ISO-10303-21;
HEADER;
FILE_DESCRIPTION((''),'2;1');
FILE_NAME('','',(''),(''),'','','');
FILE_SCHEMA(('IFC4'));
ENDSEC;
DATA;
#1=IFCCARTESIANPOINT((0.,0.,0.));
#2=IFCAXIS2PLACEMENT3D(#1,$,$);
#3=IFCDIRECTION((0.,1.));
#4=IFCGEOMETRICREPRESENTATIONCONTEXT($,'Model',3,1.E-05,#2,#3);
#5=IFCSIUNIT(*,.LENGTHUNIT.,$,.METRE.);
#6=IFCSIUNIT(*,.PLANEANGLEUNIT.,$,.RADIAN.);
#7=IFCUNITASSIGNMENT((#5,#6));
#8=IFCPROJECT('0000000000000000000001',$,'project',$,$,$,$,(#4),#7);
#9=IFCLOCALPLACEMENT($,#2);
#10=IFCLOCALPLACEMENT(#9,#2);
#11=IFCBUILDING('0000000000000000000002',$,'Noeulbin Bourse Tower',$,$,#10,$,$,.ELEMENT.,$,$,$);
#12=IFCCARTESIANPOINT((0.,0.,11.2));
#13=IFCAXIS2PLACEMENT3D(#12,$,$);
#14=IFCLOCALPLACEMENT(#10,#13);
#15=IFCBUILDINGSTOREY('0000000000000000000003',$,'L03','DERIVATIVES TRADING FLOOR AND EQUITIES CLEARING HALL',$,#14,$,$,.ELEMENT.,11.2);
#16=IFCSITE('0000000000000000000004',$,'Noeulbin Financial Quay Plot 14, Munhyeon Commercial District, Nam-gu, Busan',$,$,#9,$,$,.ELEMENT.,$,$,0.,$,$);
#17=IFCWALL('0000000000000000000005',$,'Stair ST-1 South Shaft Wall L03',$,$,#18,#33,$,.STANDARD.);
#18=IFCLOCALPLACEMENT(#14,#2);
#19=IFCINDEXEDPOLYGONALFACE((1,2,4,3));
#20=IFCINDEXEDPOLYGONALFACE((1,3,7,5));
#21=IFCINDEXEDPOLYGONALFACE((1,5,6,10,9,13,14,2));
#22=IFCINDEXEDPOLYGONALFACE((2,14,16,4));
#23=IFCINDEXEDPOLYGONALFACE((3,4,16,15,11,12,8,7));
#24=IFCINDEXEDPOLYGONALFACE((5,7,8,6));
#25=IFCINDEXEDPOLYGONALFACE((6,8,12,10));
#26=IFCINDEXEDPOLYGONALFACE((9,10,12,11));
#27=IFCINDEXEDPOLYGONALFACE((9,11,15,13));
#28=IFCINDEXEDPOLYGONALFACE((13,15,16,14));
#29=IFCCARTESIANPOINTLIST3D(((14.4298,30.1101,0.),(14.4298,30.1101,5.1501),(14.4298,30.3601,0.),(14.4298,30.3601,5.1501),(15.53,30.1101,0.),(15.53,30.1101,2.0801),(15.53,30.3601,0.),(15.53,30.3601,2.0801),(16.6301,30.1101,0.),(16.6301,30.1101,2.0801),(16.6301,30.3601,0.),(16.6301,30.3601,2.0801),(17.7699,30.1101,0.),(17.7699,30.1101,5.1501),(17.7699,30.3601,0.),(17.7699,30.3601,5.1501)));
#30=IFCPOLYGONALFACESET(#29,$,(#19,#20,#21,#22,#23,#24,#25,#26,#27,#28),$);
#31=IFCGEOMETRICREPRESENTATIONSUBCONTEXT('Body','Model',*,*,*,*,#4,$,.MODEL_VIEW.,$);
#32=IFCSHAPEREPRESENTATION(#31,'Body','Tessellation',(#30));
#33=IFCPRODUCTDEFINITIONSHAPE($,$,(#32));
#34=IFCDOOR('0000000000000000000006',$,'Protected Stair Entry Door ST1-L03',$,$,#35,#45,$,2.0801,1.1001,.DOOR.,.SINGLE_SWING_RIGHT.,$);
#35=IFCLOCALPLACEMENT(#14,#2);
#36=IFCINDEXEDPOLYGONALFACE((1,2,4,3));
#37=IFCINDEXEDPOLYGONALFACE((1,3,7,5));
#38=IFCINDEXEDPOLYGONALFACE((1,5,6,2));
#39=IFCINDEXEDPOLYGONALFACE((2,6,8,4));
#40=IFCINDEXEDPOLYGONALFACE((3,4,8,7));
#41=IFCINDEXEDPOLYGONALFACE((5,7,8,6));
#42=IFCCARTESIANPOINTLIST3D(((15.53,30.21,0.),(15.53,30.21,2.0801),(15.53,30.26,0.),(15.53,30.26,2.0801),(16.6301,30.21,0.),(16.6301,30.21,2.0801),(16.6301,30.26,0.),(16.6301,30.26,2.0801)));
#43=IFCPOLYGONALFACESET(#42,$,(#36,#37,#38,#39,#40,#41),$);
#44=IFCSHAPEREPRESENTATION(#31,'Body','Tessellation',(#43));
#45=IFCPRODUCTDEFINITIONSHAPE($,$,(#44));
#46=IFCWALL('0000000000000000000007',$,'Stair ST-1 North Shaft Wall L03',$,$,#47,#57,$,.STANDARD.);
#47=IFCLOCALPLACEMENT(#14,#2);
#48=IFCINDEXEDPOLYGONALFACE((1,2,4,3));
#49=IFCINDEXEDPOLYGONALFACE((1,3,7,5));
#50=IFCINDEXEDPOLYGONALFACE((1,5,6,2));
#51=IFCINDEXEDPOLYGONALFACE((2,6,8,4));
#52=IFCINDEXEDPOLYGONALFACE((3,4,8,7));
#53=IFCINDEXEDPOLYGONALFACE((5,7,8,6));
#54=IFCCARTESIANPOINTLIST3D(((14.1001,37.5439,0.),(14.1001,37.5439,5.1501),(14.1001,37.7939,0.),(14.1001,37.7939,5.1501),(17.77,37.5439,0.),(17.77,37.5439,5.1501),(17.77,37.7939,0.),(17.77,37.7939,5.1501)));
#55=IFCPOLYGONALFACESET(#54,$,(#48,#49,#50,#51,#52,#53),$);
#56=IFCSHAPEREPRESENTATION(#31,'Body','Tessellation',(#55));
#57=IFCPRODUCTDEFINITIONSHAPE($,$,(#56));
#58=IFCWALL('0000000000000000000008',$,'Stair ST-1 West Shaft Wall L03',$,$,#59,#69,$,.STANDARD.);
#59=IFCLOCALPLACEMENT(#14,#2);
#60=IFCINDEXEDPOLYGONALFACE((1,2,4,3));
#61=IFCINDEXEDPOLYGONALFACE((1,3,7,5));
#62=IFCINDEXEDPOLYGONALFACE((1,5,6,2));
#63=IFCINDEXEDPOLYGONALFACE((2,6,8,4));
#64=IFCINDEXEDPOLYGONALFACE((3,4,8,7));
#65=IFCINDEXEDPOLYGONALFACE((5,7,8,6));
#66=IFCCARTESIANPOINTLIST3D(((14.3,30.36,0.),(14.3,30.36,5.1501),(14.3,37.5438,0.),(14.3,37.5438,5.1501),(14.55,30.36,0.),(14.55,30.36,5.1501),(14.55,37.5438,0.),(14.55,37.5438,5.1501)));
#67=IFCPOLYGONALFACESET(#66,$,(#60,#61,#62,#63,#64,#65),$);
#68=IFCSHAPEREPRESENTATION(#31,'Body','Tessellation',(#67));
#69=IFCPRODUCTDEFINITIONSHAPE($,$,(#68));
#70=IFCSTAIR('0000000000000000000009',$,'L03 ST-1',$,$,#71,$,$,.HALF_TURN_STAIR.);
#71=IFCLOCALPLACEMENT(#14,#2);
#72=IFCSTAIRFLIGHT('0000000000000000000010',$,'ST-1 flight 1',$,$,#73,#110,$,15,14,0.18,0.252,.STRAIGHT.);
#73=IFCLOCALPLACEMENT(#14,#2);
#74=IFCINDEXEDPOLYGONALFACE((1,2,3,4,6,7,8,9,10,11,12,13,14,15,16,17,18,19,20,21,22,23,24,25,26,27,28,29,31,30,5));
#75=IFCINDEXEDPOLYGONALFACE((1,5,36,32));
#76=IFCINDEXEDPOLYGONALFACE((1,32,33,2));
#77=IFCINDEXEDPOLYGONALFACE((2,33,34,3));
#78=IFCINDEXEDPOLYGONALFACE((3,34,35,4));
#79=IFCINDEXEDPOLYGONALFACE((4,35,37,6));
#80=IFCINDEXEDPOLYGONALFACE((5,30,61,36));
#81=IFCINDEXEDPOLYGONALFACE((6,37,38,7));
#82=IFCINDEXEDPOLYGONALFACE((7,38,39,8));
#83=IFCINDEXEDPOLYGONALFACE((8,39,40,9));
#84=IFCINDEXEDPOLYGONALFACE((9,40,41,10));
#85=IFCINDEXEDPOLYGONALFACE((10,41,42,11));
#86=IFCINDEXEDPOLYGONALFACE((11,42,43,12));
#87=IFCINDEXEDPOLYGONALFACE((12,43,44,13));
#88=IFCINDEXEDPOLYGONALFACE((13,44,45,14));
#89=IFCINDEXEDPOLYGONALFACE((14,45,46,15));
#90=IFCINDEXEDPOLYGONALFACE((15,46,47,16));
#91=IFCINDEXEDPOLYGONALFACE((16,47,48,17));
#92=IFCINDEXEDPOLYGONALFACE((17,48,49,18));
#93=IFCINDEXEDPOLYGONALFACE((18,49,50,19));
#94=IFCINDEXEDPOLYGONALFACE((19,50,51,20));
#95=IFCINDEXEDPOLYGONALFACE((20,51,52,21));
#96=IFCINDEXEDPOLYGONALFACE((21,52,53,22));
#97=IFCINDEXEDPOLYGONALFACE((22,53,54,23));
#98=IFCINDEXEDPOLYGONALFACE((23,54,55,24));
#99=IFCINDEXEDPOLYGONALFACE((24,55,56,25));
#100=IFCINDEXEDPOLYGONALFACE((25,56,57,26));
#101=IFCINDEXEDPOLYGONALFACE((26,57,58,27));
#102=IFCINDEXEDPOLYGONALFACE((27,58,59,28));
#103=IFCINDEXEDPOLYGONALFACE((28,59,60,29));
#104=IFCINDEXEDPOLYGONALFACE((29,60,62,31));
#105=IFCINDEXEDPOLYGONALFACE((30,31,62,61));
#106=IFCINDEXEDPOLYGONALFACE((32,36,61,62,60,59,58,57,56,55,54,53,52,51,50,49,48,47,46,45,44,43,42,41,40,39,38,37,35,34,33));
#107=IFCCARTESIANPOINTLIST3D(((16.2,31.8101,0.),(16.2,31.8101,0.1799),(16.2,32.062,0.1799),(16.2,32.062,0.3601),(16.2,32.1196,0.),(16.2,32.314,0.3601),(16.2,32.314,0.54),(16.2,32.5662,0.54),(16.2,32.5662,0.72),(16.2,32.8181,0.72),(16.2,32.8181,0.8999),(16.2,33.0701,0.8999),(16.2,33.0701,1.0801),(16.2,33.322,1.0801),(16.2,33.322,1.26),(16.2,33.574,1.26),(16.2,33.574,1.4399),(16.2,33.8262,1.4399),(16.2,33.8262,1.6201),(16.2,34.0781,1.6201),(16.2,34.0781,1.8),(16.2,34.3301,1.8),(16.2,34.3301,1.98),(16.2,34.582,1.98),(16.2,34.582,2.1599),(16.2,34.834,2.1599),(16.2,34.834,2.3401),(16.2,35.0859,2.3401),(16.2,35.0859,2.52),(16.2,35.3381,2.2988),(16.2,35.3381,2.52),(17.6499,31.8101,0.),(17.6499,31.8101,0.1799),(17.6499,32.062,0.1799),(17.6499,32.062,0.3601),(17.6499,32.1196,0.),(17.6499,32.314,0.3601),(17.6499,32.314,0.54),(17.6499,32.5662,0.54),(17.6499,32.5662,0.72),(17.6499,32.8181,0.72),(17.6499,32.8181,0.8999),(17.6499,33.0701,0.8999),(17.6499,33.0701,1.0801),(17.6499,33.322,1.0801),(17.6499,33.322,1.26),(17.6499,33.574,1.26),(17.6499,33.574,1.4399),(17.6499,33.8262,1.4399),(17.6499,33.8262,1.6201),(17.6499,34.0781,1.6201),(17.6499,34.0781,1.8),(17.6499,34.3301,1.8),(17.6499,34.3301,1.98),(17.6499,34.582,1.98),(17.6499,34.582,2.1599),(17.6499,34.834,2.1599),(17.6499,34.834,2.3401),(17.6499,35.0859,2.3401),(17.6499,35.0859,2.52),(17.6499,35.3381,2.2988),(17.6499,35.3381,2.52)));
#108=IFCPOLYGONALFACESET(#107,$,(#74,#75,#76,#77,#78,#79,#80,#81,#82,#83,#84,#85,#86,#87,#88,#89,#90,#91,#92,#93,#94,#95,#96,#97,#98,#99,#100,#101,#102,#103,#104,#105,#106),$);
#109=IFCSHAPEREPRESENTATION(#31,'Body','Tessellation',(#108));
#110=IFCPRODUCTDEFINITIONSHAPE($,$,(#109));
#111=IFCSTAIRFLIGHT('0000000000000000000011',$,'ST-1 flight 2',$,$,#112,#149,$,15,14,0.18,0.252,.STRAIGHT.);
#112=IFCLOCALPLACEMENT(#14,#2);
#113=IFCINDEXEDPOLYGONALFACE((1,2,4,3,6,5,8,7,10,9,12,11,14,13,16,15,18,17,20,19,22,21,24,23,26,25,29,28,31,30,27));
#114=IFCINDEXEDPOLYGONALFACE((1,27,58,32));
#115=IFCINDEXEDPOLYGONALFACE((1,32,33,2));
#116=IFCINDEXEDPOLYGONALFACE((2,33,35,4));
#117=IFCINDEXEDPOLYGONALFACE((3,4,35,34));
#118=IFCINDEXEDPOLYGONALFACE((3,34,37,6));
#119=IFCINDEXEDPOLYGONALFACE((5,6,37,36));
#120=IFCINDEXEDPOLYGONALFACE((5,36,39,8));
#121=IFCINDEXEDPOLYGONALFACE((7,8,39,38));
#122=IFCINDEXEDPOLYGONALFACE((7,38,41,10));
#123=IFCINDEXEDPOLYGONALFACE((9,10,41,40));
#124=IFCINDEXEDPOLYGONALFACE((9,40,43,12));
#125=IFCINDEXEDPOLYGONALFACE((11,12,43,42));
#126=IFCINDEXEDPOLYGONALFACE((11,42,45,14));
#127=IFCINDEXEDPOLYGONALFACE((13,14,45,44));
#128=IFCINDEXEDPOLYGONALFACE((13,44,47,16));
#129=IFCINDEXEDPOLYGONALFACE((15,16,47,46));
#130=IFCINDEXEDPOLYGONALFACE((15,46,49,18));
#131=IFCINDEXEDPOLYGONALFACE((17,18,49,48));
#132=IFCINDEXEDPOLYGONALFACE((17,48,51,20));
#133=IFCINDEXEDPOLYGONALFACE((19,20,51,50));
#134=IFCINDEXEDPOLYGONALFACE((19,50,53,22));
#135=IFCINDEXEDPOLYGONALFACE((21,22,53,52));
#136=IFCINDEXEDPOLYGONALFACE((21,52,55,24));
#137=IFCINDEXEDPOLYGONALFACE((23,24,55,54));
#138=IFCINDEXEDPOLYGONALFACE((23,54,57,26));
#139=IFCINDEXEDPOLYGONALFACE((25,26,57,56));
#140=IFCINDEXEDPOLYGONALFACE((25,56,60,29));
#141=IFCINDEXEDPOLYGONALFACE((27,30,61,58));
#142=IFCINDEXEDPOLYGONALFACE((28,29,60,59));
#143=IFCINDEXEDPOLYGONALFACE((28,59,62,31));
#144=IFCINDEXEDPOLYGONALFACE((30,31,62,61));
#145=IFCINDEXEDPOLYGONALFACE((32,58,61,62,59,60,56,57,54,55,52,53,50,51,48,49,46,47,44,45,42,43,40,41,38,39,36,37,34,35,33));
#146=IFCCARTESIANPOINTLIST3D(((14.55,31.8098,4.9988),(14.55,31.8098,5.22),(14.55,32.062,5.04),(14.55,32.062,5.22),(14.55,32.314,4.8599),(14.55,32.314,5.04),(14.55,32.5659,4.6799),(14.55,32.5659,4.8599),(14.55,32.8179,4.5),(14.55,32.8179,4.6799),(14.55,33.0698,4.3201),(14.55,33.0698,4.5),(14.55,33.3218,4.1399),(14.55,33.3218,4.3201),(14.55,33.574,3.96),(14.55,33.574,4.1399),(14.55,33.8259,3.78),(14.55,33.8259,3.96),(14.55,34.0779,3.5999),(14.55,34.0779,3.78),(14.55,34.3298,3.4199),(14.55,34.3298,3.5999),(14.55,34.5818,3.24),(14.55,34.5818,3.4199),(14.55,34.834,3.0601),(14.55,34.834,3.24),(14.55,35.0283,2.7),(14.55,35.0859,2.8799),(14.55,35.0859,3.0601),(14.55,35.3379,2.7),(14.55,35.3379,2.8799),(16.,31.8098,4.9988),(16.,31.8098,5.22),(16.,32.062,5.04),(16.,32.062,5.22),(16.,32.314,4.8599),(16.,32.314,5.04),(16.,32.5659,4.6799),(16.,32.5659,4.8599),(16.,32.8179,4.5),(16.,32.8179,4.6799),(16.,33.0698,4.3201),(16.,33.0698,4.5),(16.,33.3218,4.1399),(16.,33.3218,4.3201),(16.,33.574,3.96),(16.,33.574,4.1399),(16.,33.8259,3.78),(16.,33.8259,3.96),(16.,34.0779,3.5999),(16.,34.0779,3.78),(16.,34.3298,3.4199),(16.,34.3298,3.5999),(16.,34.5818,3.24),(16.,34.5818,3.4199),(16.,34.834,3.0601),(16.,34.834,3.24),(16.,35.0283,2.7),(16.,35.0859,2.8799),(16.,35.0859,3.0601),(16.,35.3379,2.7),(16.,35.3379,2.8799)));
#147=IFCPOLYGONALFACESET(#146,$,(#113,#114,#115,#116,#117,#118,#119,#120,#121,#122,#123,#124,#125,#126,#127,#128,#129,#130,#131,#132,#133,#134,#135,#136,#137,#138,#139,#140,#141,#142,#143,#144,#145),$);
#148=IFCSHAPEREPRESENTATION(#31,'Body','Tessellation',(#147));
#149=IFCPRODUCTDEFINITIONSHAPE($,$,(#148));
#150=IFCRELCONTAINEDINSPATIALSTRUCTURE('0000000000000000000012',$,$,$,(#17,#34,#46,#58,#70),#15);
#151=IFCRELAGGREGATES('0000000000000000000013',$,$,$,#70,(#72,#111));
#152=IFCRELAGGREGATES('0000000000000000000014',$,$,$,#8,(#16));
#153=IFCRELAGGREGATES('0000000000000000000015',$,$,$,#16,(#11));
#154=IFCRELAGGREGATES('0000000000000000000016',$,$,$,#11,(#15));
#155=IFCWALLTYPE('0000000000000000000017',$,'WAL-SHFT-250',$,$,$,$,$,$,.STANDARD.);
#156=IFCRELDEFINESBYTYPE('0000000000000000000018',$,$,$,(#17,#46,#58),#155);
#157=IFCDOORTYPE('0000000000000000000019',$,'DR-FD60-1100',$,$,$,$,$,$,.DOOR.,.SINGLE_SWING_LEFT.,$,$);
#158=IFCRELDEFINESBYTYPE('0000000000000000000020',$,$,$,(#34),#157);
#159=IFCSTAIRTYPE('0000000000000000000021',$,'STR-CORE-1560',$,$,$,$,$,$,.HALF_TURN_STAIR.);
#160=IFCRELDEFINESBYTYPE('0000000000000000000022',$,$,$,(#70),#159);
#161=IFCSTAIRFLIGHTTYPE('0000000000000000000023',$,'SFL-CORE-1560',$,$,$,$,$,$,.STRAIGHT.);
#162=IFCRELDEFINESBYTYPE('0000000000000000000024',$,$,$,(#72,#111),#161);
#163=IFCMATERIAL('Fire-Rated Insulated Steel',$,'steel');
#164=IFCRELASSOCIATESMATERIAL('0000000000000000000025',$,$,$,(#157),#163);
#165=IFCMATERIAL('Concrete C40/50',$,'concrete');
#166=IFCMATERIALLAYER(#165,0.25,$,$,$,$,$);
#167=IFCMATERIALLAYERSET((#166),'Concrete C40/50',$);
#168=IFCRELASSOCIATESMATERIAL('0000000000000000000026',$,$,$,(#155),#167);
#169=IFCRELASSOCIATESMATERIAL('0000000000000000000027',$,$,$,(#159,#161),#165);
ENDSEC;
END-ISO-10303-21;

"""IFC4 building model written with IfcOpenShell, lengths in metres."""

from ifc_helpers import new_model, si_unit, direction, frame, frame_2d, origin, place, context, subcontext, project, spatial, polyline, rectangle, outline, extrude, material, layer, layer_set, type_object, element, fill, aggregate, save


model = new_model("IFC4")

# Units and contexts
model_context = context("Model", 3, precision=1e-05, world=origin(), true_north=direction((0.0, 1.0)))
body_context = subcontext(model_context, "Body", "Model", "MODEL_VIEW")
ifc_project = project(units=[si_unit("LENGTHUNIT", "METRE"), si_unit("PLANEANGLEUNIT", "RADIAN")], contexts=[model_context])

# Site, building, storey
site_placement = place(None, origin())
site = spatial("IfcSite", under=ifc_project, at=site_placement, Name="Noeulbin Financial Quay Plot 14, Munhyeon Commercial District, Nam-gu, Busan", CompositionType="ELEMENT", RefElevation=0.0)
building_placement = place(site_placement, origin())
building = spatial("IfcBuilding", under=site, at=building_placement, Name="Noeulbin Bourse Tower", CompositionType="ELEMENT")
storey_placement = place(building_placement, frame((0.0, 0.0, 11.2)))
storey = spatial("IfcBuildingStorey", under=building, at=storey_placement, Name="L03", Description="DERIVATIVES TRADING FLOOR AND EQUITIES CLEARING HALL", CompositionType="ELEMENT", Elevation=11.2)

# Shared definitions
ifc_material_1 = material(Name="Fire-Rated Insulated Steel", Category="steel")
door_type_1 = type_object("IfcDoorType", Name="DR-FD60-1100", OperationType="SINGLE_SWING_LEFT", PredefinedType="DOOR", material=ifc_material_1)

# Wall, opening, door
ifc_material_2 = material(Name="Concrete C40/50", Category="concrete")
ifc_layer_1 = layer(ifc_material_2, 0.25)
ifc_layer_set_1 = layer_set([ifc_layer_1], Name="Concrete C40/50")
wall_type_1 = type_object("IfcWallType", Name="WAL-SHFT-250", PredefinedType="STANDARD", material=ifc_layer_set_1)
wall_1_placement = place(storey_placement, frame((14.4299, 30.2351, 0.0), z_axis=(0.0, 0.0, 1.0), x_axis=(1.0, 0.0, 0.0)))
wall_1 = element("IfcWall", 1, at=wall_1_placement, inside=storey, type_object=wall_type_1, Name="Stair ST-1 South Shaft Wall L03", PredefinedType="STANDARD", context=body_context, shape_type="SweptSolid", body=[
    extrude(rectangle(XDim=3.3401, YDim=0.25, at=frame_2d((1.6699, 0.0))), origin(), (0.0, 0.0, 1.0), 5.1501),
])
opening_1_placement = place(wall_1_placement, frame((1.1001, 0.0, 0.0)))
opening_1 = element("IfcOpeningElement", 2, at=opening_1_placement, cuts=wall_1, PredefinedType="OPENING", context=body_context, shape_type="SweptSolid", body=[
    extrude(rectangle(XDim=1.1001, YDim=2.0801, at=frame_2d((0.55, 1.04))), frame((0.0, 0.135, 0.0), z_axis=(0.0, -1.0, 0.0), x_axis=(1.0, 0.0, 0.0)), (0.0, 0.0, 1.0), 0.27),
])
door_1_placement = place(opening_1_placement, origin())
door_1 = element("IfcDoor", 3, at=door_1_placement, inside=storey, type_object=door_type_1, Name="Protected Stair Entry Door ST1-L03", OperationType="SINGLE_SWING_RIGHT", OverallHeight=2.0801, OverallWidth=1.1001, PredefinedType="DOOR", context=body_context, shape_type="SweptSolid", body=[
    extrude(rectangle(XDim=1.1001, YDim=2.0801, at=frame_2d((0.55, 1.04))), frame((0.0, 0.0249, 0.0), z_axis=(0.0, -1.0, 0.0), x_axis=(1.0, 0.0, 0.0)), (0.0, 0.0, 1.0), 0.05),
])
fill(opening_1, door_1)

# Walls
wall_2_placement = place(storey_placement, frame((14.1001, 37.6689, 0.0), z_axis=(0.0, 0.0, 1.0), x_axis=(1.0, 0.0, 0.0)))
element("IfcWall", 4, at=wall_2_placement, inside=storey, type_object=wall_type_1, Name="Stair ST-1 North Shaft Wall L03", PredefinedType="STANDARD", context=body_context, shape_type="SweptSolid", body=[
    extrude(rectangle(XDim=3.6699, YDim=0.25, at=frame_2d((1.835, 0.0))), origin(), (0.0, 0.0, 1.0), 5.1501),
])
wall_3_placement = place(storey_placement, frame((14.425, 30.3601, 0.0), z_axis=(0.0, 0.0, 1.0), x_axis=(0.0, 1.0, 0.0)))
element("IfcWall", 5, at=wall_3_placement, inside=storey, type_object=wall_type_1, Name="Stair ST-1 West Shaft Wall L03", PredefinedType="STANDARD", context=body_context, shape_type="SweptSolid", body=[
    extrude(rectangle(XDim=7.1838, YDim=0.25, at=frame_2d((3.5918, 0.0))), origin(), (0.0, 0.0, 1.0), 5.1501),
])

# Stair, stair flights
stair_type = type_object("IfcStairType", Name="STR-CORE-1560", PredefinedType="HALF_TURN_STAIR", material=ifc_material_2)
stair_placement = place(storey_placement, origin())
stair = element("IfcStair", 6, at=stair_placement, inside=storey, type_object=stair_type, Name="L03 ST-1", PredefinedType="HALF_TURN_STAIR")
stair_flight_type = type_object("IfcStairFlightType", Name="SFL-CORE-1560", PredefinedType="STRAIGHT", material=ifc_material_2)
stair_flight_1_placement = place(storey_placement, frame((16.925, 31.8101, 0.0), z_axis=(0.0, 0.0, 1.0), x_axis=(0.0, 1.0, 0.0)))
stair_flight_1 = element("IfcStairFlight", 7, at=stair_flight_1_placement, type_object=stair_flight_type, Name="ST-1 flight 1", NumberOfRisers=15, NumberOfTreads=14, PredefinedType="STRAIGHT", RiserHeight=0.18, TreadLength=0.252, context=body_context, shape_type="SweptSolid", body=[
    extrude(outline(polyline([(0.0, 0.0), (0.0, 0.1799), (0.252, 0.1799), (0.252, 0.3601), (0.5039, 0.3601), (0.5039, 0.54), (0.7561, 0.54), (0.7561, 0.72), (1.0081, 0.72), (1.0081, 0.8999), (1.26, 0.8999), (1.26, 1.0801), (1.512, 1.0801), (1.512, 1.26), (1.7639, 1.26), (1.7639, 1.4399), (2.0161, 1.4399), (2.0161, 1.6201), (2.2681, 1.6201), (2.2681, 1.8), (2.52, 1.8), (2.52, 1.98), (2.772, 1.98), (2.772, 2.1599), (3.0239, 2.1599), (3.0239, 2.3401), (3.2759, 2.3401), (3.2759, 2.52), (3.5281, 2.52), (3.5281, 2.7), (3.5281, 2.2988), (0.3096, 0.0), (0.0, 0.0)])), frame((0.0, 0.7251, 0.0), z_axis=(0.0, -1.0, 0.0), x_axis=(1.0, 0.0, 0.0)), (0.0, 0.0, 1.0), 1.45),
])
stair_flight_2_placement = place(storey_placement, frame((15.2749, 35.3379, 2.7), z_axis=(0.0, 0.0, 1.0), x_axis=(0.0, -1.0, 0.0)))
stair_flight_2 = element("IfcStairFlight", 8, at=stair_flight_2_placement, type_object=stair_flight_type, Name="ST-1 flight 2", NumberOfRisers=15, NumberOfTreads=14, PredefinedType="STRAIGHT", RiserHeight=0.18, TreadLength=0.252, context=body_context, shape_type="SweptSolid", body=[
    extrude(outline(polyline([(0.0, 0.0), (0.0, 0.1799), (0.252, 0.1799), (0.252, 0.3601), (0.5039, 0.3601), (0.5039, 0.54), (0.7561, 0.54), (0.7561, 0.72), (1.0081, 0.72), (1.0081, 0.8999), (1.26, 0.8999), (1.26, 1.0801), (1.512, 1.0801), (1.512, 1.26), (1.7639, 1.26), (1.7639, 1.4399), (2.0161, 1.4399), (2.0161, 1.6201), (2.2681, 1.6201), (2.2681, 1.8), (2.52, 1.8), (2.52, 1.98), (2.772, 1.98), (2.772, 2.1599), (3.0239, 2.1599), (3.0239, 2.3401), (3.2759, 2.3401), (3.2759, 2.52), (3.5281, 2.52), (3.5281, 2.7), (3.5281, 2.2988), (0.3096, 0.0), (0.0, 0.0)])), frame((0.0, 0.7251, 0.0), z_axis=(0.0, -1.0, 0.0), x_axis=(1.0, 0.0, 0.0)), (0.0, 0.0, 1.0), 1.45),
])
aggregate(stair, [stair_flight_1, stair_flight_2])

save(model, "model.ifc")
